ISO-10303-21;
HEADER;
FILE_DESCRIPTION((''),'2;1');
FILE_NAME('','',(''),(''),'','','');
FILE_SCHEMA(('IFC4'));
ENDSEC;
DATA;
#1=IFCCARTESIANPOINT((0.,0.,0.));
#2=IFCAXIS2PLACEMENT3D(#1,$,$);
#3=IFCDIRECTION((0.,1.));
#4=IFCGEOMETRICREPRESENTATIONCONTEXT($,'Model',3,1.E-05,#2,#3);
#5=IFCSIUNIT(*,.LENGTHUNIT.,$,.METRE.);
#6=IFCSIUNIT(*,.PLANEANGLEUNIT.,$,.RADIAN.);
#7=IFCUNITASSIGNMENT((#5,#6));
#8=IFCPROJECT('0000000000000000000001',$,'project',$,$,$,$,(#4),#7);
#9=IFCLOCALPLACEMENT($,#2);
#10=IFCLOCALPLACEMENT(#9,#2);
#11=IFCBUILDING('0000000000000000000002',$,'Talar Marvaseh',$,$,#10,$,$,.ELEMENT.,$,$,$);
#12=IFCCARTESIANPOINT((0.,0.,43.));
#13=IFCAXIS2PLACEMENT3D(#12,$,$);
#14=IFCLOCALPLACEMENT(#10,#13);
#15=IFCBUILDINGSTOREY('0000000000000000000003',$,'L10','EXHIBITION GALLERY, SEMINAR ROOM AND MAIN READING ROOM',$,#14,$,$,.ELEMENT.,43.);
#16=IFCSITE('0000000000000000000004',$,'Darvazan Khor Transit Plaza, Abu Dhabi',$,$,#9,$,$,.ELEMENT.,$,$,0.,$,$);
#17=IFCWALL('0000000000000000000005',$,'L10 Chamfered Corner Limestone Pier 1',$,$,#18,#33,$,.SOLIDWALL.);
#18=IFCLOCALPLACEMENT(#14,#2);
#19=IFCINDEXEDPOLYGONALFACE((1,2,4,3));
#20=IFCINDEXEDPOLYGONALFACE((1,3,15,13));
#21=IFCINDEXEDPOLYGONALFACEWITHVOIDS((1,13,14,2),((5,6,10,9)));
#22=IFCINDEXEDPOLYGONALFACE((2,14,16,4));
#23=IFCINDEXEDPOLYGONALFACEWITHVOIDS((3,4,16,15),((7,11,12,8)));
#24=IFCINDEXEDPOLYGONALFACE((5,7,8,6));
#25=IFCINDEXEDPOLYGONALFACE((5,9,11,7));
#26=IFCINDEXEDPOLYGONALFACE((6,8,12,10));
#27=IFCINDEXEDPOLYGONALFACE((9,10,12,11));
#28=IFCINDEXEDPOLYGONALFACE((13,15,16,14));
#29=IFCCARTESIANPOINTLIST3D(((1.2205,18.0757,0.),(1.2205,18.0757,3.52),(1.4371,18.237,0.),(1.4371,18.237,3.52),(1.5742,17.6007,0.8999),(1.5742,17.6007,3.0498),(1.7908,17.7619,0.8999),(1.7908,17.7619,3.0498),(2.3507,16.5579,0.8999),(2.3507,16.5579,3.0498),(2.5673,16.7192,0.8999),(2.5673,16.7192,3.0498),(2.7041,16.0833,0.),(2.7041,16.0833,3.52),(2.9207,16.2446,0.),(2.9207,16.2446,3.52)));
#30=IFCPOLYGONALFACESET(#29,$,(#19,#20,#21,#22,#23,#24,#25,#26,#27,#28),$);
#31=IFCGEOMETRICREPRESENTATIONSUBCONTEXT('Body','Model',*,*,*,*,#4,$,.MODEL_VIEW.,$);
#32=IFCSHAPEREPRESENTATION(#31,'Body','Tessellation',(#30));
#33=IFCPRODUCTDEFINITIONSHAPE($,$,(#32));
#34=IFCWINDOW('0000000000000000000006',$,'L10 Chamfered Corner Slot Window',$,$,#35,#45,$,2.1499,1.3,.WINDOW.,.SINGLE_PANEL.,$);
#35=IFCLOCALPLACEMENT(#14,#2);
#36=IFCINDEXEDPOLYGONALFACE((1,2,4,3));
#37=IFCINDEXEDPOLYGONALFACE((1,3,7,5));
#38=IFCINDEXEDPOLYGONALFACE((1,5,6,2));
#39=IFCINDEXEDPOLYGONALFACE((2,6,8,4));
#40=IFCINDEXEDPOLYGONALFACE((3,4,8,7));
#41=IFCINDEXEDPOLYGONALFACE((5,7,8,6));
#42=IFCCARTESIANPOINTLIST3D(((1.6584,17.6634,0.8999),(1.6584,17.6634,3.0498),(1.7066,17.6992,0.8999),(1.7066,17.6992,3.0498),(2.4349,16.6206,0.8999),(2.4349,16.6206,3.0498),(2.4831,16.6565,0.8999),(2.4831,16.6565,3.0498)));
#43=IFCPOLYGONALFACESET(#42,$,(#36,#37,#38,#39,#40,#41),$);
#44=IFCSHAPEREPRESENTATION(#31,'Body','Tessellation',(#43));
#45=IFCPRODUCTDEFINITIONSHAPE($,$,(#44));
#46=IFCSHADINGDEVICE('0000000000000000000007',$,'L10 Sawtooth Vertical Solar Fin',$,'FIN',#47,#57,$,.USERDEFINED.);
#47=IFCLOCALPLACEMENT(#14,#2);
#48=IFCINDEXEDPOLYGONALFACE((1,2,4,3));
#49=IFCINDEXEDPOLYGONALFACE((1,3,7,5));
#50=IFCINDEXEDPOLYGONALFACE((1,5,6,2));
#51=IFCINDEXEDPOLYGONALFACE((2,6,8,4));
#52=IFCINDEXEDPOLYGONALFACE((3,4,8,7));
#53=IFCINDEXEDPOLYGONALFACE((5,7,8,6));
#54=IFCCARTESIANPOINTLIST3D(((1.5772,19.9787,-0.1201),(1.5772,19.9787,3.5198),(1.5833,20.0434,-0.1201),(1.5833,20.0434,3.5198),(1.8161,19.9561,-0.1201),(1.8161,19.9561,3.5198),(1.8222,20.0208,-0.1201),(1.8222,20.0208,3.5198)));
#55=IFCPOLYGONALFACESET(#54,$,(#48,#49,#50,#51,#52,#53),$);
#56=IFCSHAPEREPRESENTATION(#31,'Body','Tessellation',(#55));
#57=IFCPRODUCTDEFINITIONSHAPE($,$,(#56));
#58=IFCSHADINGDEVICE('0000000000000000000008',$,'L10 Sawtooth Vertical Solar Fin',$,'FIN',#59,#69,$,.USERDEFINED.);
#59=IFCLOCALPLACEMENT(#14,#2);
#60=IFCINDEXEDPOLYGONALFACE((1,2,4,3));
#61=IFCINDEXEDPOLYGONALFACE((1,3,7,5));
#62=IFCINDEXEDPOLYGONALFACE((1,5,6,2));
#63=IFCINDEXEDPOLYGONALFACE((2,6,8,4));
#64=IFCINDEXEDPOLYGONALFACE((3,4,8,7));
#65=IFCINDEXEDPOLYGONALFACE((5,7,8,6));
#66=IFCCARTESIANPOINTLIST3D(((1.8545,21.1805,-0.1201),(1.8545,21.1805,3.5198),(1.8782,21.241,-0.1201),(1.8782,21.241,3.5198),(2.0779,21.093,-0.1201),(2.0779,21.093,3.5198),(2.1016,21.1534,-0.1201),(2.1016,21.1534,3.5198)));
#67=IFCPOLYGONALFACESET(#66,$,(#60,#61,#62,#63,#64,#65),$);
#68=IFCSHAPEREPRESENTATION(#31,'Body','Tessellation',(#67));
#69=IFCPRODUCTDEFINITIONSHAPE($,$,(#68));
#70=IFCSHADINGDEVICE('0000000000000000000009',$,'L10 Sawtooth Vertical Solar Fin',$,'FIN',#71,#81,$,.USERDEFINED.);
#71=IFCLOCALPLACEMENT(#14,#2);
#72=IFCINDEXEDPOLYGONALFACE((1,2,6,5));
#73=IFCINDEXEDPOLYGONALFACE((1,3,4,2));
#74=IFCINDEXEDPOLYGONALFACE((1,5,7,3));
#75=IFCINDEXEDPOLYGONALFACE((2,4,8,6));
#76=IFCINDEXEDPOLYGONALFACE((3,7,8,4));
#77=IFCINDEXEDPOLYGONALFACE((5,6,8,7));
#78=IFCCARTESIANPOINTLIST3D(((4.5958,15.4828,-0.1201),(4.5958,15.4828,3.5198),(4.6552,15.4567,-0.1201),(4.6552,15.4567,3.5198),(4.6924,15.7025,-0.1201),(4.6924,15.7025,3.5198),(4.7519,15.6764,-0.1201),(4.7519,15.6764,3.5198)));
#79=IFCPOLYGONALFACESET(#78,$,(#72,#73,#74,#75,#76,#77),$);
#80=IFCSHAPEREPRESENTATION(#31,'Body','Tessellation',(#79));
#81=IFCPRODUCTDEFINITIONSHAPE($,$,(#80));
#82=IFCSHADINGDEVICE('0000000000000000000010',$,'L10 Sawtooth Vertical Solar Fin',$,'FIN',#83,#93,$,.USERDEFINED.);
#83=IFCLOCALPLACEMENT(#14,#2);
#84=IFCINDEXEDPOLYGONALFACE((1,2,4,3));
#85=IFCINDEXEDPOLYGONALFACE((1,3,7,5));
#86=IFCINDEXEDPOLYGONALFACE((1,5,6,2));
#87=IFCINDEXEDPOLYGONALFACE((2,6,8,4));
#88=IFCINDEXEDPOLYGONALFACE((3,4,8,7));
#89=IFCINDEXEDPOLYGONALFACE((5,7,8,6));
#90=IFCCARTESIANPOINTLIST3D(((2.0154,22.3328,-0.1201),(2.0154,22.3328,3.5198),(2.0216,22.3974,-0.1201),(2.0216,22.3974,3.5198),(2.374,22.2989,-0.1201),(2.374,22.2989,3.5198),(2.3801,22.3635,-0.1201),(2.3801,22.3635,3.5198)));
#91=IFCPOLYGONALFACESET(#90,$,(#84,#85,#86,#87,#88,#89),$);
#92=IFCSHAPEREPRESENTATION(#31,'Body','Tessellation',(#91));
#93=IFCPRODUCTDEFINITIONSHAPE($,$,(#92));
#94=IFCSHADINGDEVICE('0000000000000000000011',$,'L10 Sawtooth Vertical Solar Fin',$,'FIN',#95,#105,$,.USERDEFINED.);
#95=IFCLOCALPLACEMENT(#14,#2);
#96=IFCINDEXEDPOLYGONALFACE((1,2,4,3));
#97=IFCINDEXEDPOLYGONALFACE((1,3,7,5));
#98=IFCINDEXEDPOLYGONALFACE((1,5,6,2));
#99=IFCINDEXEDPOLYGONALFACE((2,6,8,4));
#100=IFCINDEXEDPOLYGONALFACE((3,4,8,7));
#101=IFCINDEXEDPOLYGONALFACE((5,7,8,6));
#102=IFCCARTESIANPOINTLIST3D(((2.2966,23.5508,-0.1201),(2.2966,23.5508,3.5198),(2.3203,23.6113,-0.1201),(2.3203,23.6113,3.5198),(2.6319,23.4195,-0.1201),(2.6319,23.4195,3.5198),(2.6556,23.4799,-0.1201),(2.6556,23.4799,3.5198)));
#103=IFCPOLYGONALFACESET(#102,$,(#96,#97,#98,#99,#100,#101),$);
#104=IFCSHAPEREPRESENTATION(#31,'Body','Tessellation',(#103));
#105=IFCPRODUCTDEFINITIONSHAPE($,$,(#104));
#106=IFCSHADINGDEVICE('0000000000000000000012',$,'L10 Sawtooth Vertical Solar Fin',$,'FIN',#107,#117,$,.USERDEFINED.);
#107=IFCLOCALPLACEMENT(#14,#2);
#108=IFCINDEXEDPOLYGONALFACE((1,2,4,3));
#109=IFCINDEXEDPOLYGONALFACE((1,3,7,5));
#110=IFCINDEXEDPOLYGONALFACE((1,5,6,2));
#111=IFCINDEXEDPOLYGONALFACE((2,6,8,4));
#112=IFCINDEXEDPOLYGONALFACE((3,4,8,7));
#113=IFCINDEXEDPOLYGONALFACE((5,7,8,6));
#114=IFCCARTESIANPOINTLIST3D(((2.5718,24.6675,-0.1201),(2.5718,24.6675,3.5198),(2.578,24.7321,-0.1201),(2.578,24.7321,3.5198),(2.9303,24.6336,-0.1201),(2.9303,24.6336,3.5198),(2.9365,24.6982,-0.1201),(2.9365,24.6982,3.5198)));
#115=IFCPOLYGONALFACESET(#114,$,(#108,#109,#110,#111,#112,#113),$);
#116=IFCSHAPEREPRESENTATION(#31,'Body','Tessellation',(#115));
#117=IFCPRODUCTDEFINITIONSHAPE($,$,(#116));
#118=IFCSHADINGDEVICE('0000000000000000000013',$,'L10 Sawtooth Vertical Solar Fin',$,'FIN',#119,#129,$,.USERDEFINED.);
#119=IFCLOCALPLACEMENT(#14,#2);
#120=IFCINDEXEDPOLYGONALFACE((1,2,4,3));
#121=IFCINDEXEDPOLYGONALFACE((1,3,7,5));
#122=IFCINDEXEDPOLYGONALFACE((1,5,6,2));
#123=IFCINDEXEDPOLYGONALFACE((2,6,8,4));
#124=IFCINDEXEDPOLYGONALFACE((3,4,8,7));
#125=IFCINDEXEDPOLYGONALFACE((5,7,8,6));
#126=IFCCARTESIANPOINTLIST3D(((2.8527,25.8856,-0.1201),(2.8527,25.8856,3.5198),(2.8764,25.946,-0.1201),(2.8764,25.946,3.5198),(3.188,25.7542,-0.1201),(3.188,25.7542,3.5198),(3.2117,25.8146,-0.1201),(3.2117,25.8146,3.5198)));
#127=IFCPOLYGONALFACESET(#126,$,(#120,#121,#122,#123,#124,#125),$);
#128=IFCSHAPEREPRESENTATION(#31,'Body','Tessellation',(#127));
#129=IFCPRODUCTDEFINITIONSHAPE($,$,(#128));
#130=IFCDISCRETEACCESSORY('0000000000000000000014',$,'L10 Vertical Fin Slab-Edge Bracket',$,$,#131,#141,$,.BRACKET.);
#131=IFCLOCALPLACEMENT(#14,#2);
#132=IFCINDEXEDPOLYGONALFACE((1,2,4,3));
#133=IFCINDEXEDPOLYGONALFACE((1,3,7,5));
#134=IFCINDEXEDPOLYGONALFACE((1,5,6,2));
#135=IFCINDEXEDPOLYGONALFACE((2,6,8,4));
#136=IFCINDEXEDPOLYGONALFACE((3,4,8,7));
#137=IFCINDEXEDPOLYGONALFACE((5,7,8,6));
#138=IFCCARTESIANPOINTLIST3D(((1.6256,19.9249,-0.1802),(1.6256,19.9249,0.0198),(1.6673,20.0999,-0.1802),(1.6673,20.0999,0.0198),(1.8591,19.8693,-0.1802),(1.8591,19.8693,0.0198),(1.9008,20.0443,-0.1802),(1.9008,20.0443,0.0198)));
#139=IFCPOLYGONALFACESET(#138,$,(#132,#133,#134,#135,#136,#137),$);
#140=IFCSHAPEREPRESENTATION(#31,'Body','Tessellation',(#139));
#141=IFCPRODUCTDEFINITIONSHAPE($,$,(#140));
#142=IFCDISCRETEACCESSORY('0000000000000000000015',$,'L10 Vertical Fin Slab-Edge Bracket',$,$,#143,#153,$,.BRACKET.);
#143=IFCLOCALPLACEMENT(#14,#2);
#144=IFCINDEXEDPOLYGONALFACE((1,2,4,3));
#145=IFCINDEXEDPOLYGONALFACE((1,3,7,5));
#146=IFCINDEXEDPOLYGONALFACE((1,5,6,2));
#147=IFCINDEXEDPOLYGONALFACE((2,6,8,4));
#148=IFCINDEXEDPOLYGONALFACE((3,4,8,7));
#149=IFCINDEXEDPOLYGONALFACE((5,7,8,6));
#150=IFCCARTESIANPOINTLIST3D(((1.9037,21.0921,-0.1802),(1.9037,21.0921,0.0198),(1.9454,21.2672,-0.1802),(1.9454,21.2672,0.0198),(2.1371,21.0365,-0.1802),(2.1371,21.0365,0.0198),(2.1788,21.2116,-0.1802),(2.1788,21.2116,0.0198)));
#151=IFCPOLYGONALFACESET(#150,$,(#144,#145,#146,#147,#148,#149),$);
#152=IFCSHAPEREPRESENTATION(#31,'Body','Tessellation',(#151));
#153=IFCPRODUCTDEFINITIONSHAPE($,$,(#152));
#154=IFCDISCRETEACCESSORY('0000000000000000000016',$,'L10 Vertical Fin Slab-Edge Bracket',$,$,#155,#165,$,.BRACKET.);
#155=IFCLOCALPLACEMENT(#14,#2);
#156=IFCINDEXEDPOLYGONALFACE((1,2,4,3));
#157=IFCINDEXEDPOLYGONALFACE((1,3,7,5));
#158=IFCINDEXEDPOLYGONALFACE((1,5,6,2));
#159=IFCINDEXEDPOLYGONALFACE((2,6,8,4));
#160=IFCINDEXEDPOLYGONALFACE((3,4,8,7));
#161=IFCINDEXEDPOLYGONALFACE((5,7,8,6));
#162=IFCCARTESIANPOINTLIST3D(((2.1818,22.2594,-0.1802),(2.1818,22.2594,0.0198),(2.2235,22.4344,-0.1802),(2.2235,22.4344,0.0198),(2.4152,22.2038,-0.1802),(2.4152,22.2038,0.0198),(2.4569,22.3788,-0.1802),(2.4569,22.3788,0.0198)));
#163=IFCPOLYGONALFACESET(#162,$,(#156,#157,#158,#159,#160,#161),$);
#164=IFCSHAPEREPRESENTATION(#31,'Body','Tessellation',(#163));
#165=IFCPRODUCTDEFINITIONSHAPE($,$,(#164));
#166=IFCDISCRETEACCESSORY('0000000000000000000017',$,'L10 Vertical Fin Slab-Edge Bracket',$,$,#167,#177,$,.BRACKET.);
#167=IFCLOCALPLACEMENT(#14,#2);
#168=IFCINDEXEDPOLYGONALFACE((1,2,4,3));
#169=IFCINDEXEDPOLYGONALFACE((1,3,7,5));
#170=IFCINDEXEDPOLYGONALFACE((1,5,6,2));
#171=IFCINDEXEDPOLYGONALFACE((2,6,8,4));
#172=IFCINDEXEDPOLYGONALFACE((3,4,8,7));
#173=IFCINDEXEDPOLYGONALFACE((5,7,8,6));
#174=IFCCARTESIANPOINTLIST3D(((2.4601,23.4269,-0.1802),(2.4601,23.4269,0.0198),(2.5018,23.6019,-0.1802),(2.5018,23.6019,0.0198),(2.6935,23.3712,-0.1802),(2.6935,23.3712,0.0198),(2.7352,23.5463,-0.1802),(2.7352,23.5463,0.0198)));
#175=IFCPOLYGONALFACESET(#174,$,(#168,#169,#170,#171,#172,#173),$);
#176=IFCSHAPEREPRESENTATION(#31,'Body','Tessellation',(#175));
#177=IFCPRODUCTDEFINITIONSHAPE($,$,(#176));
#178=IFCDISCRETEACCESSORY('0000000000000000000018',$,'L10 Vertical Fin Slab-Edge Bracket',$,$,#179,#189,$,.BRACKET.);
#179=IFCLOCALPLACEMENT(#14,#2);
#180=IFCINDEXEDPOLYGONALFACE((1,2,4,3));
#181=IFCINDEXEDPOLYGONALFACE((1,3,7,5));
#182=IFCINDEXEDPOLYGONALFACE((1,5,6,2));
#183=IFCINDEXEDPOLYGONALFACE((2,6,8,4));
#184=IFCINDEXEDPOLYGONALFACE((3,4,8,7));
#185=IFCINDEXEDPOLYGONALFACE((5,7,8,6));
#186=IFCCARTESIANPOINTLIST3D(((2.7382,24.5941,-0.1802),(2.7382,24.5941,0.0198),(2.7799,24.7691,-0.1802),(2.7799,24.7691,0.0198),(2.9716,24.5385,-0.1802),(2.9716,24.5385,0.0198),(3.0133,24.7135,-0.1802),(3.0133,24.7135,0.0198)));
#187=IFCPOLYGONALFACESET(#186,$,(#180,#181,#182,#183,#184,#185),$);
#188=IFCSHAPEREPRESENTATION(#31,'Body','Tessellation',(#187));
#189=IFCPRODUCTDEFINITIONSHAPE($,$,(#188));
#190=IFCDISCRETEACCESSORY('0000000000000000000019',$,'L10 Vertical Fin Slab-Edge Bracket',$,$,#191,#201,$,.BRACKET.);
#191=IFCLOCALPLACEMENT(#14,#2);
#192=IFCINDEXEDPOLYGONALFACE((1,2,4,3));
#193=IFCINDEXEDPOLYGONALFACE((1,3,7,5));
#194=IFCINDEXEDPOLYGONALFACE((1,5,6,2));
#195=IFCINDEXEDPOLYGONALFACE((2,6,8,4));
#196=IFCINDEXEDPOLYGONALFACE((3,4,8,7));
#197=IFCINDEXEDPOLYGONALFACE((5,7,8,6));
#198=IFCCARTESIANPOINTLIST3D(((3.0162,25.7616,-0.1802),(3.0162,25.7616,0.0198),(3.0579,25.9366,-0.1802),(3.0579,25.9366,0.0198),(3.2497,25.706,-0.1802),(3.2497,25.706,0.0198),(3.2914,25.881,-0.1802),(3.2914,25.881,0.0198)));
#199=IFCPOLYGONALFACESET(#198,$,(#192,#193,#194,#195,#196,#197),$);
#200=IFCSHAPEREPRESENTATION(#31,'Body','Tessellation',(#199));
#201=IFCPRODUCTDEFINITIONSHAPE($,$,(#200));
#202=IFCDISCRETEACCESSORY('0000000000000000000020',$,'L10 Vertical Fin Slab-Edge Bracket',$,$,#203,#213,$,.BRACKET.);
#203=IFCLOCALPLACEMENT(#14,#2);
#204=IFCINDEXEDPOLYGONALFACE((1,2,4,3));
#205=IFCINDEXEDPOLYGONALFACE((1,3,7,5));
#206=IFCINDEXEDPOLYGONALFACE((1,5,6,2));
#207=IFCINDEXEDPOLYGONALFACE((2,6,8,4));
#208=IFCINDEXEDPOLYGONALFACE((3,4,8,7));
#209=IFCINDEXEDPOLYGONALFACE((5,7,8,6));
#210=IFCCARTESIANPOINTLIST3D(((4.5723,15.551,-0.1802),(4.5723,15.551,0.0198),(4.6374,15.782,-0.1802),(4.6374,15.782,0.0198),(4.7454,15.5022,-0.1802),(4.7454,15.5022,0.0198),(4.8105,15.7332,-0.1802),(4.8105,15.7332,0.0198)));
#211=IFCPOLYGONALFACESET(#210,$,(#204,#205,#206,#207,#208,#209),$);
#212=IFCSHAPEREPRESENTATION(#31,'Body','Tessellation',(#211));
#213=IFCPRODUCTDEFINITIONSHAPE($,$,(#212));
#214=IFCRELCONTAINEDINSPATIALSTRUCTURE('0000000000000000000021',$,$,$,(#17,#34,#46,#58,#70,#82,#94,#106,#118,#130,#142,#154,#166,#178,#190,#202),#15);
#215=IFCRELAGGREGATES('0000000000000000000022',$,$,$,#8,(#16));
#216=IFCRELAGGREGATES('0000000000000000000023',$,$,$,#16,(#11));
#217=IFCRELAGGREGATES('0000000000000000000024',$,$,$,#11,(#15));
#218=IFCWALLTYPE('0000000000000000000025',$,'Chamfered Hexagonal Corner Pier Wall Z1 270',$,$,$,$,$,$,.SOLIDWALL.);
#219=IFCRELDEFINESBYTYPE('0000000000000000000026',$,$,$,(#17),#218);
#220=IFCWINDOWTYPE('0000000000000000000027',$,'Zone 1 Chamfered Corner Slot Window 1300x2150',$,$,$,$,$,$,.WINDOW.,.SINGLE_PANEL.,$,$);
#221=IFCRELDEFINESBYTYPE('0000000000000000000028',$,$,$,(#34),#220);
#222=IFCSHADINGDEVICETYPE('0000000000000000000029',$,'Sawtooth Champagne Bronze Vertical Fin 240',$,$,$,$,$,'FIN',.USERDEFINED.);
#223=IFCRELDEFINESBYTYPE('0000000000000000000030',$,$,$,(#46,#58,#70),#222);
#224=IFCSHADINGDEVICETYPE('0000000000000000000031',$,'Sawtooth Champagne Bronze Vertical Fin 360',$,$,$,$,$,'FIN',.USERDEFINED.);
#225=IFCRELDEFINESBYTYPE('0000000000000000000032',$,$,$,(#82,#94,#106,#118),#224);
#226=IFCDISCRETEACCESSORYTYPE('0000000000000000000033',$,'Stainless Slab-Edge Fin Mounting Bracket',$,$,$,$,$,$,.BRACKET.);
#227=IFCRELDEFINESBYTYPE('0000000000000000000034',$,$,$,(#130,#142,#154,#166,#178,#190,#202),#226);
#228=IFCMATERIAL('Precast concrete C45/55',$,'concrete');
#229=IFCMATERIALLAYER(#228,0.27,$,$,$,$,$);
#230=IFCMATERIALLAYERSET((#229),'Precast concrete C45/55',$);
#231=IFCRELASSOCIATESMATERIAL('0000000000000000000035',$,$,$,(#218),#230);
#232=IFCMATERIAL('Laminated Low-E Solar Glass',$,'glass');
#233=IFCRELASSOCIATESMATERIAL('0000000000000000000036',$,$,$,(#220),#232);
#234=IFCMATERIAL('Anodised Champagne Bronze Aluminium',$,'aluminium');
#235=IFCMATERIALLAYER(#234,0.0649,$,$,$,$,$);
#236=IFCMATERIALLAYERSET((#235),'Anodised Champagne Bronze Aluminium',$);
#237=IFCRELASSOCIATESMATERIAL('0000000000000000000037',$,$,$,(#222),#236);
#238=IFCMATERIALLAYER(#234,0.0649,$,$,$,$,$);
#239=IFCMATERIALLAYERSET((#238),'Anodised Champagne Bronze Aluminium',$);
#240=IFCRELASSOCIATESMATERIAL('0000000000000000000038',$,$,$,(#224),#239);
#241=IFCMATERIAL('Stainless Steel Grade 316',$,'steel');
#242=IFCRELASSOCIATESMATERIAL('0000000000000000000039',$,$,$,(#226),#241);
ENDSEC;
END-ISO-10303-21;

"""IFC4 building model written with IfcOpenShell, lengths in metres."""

from ifc_helpers import new_model, si_unit, direction, frame, frame_2d, origin, origin_2d, place, context, subcontext, project, spatial, rectangle, extrude, source, transform, mapped, material, layer, layer_set, type_object, type_shapes, element, fill, save


model = new_model("IFC4")

# Units and contexts
model_context = context("Model", 3, precision=1e-05, world=origin(), true_north=direction((0.0, 1.0)))
body_context = subcontext(model_context, "Body", "Model", "MODEL_VIEW")
ifc_project = project(units=[si_unit("LENGTHUNIT", "METRE"), si_unit("PLANEANGLEUNIT", "RADIAN")], contexts=[model_context])

# Site, building, storey
site_placement = place(None, origin())
site = spatial("IfcSite", under=ifc_project, at=site_placement, Name="Darvazan Khor Transit Plaza, Abu Dhabi", CompositionType="ELEMENT", RefElevation=0.0)
building_placement = place(site_placement, origin())
building = spatial("IfcBuilding", under=site, at=building_placement, Name="Talar Marvaseh", CompositionType="ELEMENT")
storey_placement = place(building_placement, frame((0.0, 0.0, 43.0)))
storey = spatial("IfcBuildingStorey", under=building, at=storey_placement, Name="L10", Description="EXHIBITION GALLERY, SEMINAR ROOM AND MAIN READING ROOM", CompositionType="ELEMENT", Elevation=43.0)

# Shared definitions
ifc_material_1 = material(Name="Laminated Low-E Solar Glass", Category="glass")

# Wall, opening, window
ifc_material_2 = material(Name="Precast concrete C45/55", Category="concrete")
ifc_layer_1 = layer(ifc_material_2, 0.27)
ifc_layer_set_1 = layer_set([ifc_layer_1], Name="Precast concrete C45/55")
wall_type = type_object("IfcWallType", Name="Chamfered Hexagonal Corner Pier Wall Z1 270", PredefinedType="SOLIDWALL", material=ifc_layer_set_1)
wall_placement = place(storey_placement, frame((2.8125, 16.1638, 0.0), z_axis=(0.0, 0.0, 1.0), x_axis=(-0.597245, 0.802059, 0.0)))
wall = element("IfcWall", 1, at=wall_placement, inside=storey, type_object=wall_type, Name="L10 Chamfered Corner Limestone Pier 1", PredefinedType="SOLIDWALL", context=body_context, shape_type="SweptSolid", body=[
    extrude(rectangle(XDim=2.4841, YDim=0.27, at=frame_2d((1.2422, 0.0))), origin(), (0.0, 0.0, 1.0), 3.52),
])
opening_placement = place(wall_placement, frame((0.592, 0.0, 0.8999)))
opening = element("IfcOpeningElement", 2, at=opening_placement, cuts=wall, PredefinedType="OPENING", context=body_context, shape_type="SweptSolid", body=[
    extrude(rectangle(XDim=1.3, YDim=2.1499, at=frame_2d((0.6499, 1.075))), frame((0.0, 0.145, 0.0), z_axis=(0.0, -1.0, 0.0), x_axis=(1.0, 0.0, 0.0)), (0.0, 0.0, 1.0), 0.29),
])
window_type = type_object("IfcWindowType", Name="Zone 1 Chamfered Corner Slot Window 1300x2150", PartitioningType="SINGLE_PANEL", PredefinedType="WINDOW", material=ifc_material_1)
shared_shape_1 = source(origin(), body_context, "Body", "SweptSolid", [
    extrude(rectangle(XDim=1.3, YDim=2.1499, at=frame_2d((0.6499, 1.075))), frame((0.0, 0.03, 0.0), z_axis=(0.0, -1.0, 0.0), x_axis=(1.0, 0.0, 0.0)), (0.0, 0.0, 1.0), 0.0601),
])
type_shapes(window_type, [shared_shape_1])
window_placement = place(opening_placement, origin())
window = element("IfcWindow", 3, at=window_placement, inside=storey, type_object=window_type, Name="L10 Chamfered Corner Slot Window", OverallHeight=2.1499, OverallWidth=1.3, PartitioningType="SINGLE_PANEL", PredefinedType="WINDOW", context=body_context, shape_type="MappedRepresentation", body=[
    mapped(shared_shape_1, transform((0.0, 0.0, 0.0), x_axis=(1.0, 0.0, 0.0), y_axis=(0.0, 1.0, 0.0), z_axis=(0.0, 0.0, 1.0), scale=1.0)),
])
fill(opening, window)

# Shading devices
ifc_material_3 = material(Name="Anodised Champagne Bronze Aluminium", Category="aluminium")
ifc_layer_2 = layer(ifc_material_3, 0.0649)
ifc_layer_set_2 = layer_set([ifc_layer_2], Name="Anodised Champagne Bronze Aluminium")
shading_device_type_1 = type_object("IfcShadingDeviceType", Name="Sawtooth Champagne Bronze Vertical Fin 240", ElementType="FIN", PredefinedType="USERDEFINED", material=ifc_layer_set_2)
shared_shape_2 = source(origin(), body_context, "Body", "SweptSolid", [
    extrude(rectangle(XDim=0.24, YDim=0.0649, at=origin_2d()), origin(), (0.0, 0.0, 1.0), 3.6399),
])
type_shapes(shading_device_type_1, [shared_shape_2])
for number, where, z_axis, x_axis, name in (
    (4, (1.6997, 19.9998, -0.1201), (0.0, 0.0, 1.0), (-0.995562, 0.094108, 0.0), "L10 Sawtooth Vertical Solar Fin"),
    (5, (1.978, 21.167, -0.1201), (0.0, 0.0, 1.0), (-0.931056, 0.364877, 0.0), "L10 Sawtooth Vertical Solar Fin"),
    (6, (4.6738, 15.5796, -0.1201), (0.0, 0.0, 1.0), (-0.402587, -0.915382, 0.0), "L10 Sawtooth Vertical Solar Fin"),
):
    element("IfcShadingDevice", number, at=place(storey_placement, frame(where, z_axis=z_axis, x_axis=x_axis)), inside=storey, type_object=shading_device_type_1, Name=name, ObjectType="FIN", PredefinedType="USERDEFINED", context=body_context, shape_type="MappedRepresentation", body=[
        mapped(shared_shape_2, transform((0.0, 0.0, 0.0), x_axis=(1.0, 0.0, 0.0), y_axis=(0.0, 1.0, 0.0), z_axis=(0.0, 0.0, 1.0), scale=1.0)),
    ])
ifc_layer_3 = layer(ifc_material_3, 0.0649)
ifc_layer_set_3 = layer_set([ifc_layer_3], Name="Anodised Champagne Bronze Aluminium")
shading_device_type_2 = type_object("IfcShadingDeviceType", Name="Sawtooth Champagne Bronze Vertical Fin 360", ElementType="FIN", PredefinedType="USERDEFINED", material=ifc_layer_set_3)
shared_shape_3 = source(origin(), body_context, "Body", "SweptSolid", [
    extrude(rectangle(XDim=0.3601, YDim=0.0649, at=origin_2d()), origin(), (0.0, 0.0, 1.0), 3.6399),
])
type_shapes(shading_device_type_2, [shared_shape_3])
for number, where, z_axis, x_axis, name in (
    (7, (2.1978, 22.3481, -0.1201), (0.0, 0.0, 1.0), (-0.995562, 0.094108, 0.0), "L10 Sawtooth Vertical Solar Fin"),
    (8, (2.4761, 23.5154, -0.1201), (0.0, 0.0, 1.0), (-0.931056, 0.364877, 0.0), "L10 Sawtooth Vertical Solar Fin"),
    (9, (2.7542, 24.6829, -0.1201), (0.0, 0.0, 1.0), (-0.995562, 0.094108, 0.0), "L10 Sawtooth Vertical Solar Fin"),
    (10, (3.0322, 25.8501, -0.1201), (0.0, 0.0, 1.0), (-0.931056, 0.364877, 0.0), "L10 Sawtooth Vertical Solar Fin"),
):
    element("IfcShadingDevice", number, at=place(storey_placement, frame(where, z_axis=z_axis, x_axis=x_axis)), inside=storey, type_object=shading_device_type_2, Name=name, ObjectType="FIN", PredefinedType="USERDEFINED", context=body_context, shape_type="MappedRepresentation", body=[
        mapped(shared_shape_3, transform((0.0, 0.0, 0.0), x_axis=(1.0, 0.0, 0.0), y_axis=(0.0, 1.0, 0.0), z_axis=(0.0, 0.0, 1.0), scale=1.0)),
    ])

# Discrete accessories
ifc_material_4 = material(Name="Stainless Steel Grade 316", Category="steel")
discrete_accessory_type = type_object("IfcDiscreteAccessoryType", Name="Stainless Slab-Edge Fin Mounting Bracket", PredefinedType="BRACKET", material=ifc_material_4)
shared_shape_4 = source(origin(), body_context, "Body", "SweptSolid", [
    extrude(rectangle(XDim=0.24, YDim=0.1799, at=origin_2d()), origin(), (0.0, 0.0, 1.0), 0.2),
])
type_shapes(discrete_accessory_type, [shared_shape_4])
for number, where, z_axis, x_axis, name in (
    (11, (1.7632, 19.9846, -0.1802), (0.0, 0.0, 1.0), (-0.972776, 0.231748, 0.0), "L10 Vertical Fin Slab-Edge Bracket"),
    (12, (2.0413, 21.1519, -0.1802), (0.0, 0.0, 1.0), (-0.972776, 0.231748, 0.0), "L10 Vertical Fin Slab-Edge Bracket"),
    (13, (2.3193, 22.3191, -0.1802), (0.0, 0.0, 1.0), (-0.972776, 0.231748, 0.0), "L10 Vertical Fin Slab-Edge Bracket"),
    (14, (2.5977, 23.4866, -0.1802), (0.0, 0.0, 1.0), (-0.972776, 0.231748, 0.0), "L10 Vertical Fin Slab-Edge Bracket"),
    (15, (2.8757, 24.6538, -0.1802), (0.0, 0.0, 1.0), (-0.972776, 0.231748, 0.0), "L10 Vertical Fin Slab-Edge Bracket"),
    (16, (3.1538, 25.8213, -0.1802), (0.0, 0.0, 1.0), (-0.972776, 0.231748, 0.0), "L10 Vertical Fin Slab-Edge Bracket"),
    (17, (4.6914, 15.6421, -0.1802), (0.0, 0.0, 1.0), (-0.271272, -0.962503, 0.0), "L10 Vertical Fin Slab-Edge Bracket"),
):
    element("IfcDiscreteAccessory", number, at=place(storey_placement, frame(where, z_axis=z_axis, x_axis=x_axis)), inside=storey, type_object=discrete_accessory_type, Name=name, PredefinedType="BRACKET", context=body_context, shape_type="MappedRepresentation", body=[
        mapped(shared_shape_4, transform((0.0, 0.0, 0.0), x_axis=(1.0, 0.0, 0.0), y_axis=(0.0, 1.0, 0.0), z_axis=(0.0, 0.0, 1.0), scale=1.0)),
    ])

save(model, "model.ifc")
